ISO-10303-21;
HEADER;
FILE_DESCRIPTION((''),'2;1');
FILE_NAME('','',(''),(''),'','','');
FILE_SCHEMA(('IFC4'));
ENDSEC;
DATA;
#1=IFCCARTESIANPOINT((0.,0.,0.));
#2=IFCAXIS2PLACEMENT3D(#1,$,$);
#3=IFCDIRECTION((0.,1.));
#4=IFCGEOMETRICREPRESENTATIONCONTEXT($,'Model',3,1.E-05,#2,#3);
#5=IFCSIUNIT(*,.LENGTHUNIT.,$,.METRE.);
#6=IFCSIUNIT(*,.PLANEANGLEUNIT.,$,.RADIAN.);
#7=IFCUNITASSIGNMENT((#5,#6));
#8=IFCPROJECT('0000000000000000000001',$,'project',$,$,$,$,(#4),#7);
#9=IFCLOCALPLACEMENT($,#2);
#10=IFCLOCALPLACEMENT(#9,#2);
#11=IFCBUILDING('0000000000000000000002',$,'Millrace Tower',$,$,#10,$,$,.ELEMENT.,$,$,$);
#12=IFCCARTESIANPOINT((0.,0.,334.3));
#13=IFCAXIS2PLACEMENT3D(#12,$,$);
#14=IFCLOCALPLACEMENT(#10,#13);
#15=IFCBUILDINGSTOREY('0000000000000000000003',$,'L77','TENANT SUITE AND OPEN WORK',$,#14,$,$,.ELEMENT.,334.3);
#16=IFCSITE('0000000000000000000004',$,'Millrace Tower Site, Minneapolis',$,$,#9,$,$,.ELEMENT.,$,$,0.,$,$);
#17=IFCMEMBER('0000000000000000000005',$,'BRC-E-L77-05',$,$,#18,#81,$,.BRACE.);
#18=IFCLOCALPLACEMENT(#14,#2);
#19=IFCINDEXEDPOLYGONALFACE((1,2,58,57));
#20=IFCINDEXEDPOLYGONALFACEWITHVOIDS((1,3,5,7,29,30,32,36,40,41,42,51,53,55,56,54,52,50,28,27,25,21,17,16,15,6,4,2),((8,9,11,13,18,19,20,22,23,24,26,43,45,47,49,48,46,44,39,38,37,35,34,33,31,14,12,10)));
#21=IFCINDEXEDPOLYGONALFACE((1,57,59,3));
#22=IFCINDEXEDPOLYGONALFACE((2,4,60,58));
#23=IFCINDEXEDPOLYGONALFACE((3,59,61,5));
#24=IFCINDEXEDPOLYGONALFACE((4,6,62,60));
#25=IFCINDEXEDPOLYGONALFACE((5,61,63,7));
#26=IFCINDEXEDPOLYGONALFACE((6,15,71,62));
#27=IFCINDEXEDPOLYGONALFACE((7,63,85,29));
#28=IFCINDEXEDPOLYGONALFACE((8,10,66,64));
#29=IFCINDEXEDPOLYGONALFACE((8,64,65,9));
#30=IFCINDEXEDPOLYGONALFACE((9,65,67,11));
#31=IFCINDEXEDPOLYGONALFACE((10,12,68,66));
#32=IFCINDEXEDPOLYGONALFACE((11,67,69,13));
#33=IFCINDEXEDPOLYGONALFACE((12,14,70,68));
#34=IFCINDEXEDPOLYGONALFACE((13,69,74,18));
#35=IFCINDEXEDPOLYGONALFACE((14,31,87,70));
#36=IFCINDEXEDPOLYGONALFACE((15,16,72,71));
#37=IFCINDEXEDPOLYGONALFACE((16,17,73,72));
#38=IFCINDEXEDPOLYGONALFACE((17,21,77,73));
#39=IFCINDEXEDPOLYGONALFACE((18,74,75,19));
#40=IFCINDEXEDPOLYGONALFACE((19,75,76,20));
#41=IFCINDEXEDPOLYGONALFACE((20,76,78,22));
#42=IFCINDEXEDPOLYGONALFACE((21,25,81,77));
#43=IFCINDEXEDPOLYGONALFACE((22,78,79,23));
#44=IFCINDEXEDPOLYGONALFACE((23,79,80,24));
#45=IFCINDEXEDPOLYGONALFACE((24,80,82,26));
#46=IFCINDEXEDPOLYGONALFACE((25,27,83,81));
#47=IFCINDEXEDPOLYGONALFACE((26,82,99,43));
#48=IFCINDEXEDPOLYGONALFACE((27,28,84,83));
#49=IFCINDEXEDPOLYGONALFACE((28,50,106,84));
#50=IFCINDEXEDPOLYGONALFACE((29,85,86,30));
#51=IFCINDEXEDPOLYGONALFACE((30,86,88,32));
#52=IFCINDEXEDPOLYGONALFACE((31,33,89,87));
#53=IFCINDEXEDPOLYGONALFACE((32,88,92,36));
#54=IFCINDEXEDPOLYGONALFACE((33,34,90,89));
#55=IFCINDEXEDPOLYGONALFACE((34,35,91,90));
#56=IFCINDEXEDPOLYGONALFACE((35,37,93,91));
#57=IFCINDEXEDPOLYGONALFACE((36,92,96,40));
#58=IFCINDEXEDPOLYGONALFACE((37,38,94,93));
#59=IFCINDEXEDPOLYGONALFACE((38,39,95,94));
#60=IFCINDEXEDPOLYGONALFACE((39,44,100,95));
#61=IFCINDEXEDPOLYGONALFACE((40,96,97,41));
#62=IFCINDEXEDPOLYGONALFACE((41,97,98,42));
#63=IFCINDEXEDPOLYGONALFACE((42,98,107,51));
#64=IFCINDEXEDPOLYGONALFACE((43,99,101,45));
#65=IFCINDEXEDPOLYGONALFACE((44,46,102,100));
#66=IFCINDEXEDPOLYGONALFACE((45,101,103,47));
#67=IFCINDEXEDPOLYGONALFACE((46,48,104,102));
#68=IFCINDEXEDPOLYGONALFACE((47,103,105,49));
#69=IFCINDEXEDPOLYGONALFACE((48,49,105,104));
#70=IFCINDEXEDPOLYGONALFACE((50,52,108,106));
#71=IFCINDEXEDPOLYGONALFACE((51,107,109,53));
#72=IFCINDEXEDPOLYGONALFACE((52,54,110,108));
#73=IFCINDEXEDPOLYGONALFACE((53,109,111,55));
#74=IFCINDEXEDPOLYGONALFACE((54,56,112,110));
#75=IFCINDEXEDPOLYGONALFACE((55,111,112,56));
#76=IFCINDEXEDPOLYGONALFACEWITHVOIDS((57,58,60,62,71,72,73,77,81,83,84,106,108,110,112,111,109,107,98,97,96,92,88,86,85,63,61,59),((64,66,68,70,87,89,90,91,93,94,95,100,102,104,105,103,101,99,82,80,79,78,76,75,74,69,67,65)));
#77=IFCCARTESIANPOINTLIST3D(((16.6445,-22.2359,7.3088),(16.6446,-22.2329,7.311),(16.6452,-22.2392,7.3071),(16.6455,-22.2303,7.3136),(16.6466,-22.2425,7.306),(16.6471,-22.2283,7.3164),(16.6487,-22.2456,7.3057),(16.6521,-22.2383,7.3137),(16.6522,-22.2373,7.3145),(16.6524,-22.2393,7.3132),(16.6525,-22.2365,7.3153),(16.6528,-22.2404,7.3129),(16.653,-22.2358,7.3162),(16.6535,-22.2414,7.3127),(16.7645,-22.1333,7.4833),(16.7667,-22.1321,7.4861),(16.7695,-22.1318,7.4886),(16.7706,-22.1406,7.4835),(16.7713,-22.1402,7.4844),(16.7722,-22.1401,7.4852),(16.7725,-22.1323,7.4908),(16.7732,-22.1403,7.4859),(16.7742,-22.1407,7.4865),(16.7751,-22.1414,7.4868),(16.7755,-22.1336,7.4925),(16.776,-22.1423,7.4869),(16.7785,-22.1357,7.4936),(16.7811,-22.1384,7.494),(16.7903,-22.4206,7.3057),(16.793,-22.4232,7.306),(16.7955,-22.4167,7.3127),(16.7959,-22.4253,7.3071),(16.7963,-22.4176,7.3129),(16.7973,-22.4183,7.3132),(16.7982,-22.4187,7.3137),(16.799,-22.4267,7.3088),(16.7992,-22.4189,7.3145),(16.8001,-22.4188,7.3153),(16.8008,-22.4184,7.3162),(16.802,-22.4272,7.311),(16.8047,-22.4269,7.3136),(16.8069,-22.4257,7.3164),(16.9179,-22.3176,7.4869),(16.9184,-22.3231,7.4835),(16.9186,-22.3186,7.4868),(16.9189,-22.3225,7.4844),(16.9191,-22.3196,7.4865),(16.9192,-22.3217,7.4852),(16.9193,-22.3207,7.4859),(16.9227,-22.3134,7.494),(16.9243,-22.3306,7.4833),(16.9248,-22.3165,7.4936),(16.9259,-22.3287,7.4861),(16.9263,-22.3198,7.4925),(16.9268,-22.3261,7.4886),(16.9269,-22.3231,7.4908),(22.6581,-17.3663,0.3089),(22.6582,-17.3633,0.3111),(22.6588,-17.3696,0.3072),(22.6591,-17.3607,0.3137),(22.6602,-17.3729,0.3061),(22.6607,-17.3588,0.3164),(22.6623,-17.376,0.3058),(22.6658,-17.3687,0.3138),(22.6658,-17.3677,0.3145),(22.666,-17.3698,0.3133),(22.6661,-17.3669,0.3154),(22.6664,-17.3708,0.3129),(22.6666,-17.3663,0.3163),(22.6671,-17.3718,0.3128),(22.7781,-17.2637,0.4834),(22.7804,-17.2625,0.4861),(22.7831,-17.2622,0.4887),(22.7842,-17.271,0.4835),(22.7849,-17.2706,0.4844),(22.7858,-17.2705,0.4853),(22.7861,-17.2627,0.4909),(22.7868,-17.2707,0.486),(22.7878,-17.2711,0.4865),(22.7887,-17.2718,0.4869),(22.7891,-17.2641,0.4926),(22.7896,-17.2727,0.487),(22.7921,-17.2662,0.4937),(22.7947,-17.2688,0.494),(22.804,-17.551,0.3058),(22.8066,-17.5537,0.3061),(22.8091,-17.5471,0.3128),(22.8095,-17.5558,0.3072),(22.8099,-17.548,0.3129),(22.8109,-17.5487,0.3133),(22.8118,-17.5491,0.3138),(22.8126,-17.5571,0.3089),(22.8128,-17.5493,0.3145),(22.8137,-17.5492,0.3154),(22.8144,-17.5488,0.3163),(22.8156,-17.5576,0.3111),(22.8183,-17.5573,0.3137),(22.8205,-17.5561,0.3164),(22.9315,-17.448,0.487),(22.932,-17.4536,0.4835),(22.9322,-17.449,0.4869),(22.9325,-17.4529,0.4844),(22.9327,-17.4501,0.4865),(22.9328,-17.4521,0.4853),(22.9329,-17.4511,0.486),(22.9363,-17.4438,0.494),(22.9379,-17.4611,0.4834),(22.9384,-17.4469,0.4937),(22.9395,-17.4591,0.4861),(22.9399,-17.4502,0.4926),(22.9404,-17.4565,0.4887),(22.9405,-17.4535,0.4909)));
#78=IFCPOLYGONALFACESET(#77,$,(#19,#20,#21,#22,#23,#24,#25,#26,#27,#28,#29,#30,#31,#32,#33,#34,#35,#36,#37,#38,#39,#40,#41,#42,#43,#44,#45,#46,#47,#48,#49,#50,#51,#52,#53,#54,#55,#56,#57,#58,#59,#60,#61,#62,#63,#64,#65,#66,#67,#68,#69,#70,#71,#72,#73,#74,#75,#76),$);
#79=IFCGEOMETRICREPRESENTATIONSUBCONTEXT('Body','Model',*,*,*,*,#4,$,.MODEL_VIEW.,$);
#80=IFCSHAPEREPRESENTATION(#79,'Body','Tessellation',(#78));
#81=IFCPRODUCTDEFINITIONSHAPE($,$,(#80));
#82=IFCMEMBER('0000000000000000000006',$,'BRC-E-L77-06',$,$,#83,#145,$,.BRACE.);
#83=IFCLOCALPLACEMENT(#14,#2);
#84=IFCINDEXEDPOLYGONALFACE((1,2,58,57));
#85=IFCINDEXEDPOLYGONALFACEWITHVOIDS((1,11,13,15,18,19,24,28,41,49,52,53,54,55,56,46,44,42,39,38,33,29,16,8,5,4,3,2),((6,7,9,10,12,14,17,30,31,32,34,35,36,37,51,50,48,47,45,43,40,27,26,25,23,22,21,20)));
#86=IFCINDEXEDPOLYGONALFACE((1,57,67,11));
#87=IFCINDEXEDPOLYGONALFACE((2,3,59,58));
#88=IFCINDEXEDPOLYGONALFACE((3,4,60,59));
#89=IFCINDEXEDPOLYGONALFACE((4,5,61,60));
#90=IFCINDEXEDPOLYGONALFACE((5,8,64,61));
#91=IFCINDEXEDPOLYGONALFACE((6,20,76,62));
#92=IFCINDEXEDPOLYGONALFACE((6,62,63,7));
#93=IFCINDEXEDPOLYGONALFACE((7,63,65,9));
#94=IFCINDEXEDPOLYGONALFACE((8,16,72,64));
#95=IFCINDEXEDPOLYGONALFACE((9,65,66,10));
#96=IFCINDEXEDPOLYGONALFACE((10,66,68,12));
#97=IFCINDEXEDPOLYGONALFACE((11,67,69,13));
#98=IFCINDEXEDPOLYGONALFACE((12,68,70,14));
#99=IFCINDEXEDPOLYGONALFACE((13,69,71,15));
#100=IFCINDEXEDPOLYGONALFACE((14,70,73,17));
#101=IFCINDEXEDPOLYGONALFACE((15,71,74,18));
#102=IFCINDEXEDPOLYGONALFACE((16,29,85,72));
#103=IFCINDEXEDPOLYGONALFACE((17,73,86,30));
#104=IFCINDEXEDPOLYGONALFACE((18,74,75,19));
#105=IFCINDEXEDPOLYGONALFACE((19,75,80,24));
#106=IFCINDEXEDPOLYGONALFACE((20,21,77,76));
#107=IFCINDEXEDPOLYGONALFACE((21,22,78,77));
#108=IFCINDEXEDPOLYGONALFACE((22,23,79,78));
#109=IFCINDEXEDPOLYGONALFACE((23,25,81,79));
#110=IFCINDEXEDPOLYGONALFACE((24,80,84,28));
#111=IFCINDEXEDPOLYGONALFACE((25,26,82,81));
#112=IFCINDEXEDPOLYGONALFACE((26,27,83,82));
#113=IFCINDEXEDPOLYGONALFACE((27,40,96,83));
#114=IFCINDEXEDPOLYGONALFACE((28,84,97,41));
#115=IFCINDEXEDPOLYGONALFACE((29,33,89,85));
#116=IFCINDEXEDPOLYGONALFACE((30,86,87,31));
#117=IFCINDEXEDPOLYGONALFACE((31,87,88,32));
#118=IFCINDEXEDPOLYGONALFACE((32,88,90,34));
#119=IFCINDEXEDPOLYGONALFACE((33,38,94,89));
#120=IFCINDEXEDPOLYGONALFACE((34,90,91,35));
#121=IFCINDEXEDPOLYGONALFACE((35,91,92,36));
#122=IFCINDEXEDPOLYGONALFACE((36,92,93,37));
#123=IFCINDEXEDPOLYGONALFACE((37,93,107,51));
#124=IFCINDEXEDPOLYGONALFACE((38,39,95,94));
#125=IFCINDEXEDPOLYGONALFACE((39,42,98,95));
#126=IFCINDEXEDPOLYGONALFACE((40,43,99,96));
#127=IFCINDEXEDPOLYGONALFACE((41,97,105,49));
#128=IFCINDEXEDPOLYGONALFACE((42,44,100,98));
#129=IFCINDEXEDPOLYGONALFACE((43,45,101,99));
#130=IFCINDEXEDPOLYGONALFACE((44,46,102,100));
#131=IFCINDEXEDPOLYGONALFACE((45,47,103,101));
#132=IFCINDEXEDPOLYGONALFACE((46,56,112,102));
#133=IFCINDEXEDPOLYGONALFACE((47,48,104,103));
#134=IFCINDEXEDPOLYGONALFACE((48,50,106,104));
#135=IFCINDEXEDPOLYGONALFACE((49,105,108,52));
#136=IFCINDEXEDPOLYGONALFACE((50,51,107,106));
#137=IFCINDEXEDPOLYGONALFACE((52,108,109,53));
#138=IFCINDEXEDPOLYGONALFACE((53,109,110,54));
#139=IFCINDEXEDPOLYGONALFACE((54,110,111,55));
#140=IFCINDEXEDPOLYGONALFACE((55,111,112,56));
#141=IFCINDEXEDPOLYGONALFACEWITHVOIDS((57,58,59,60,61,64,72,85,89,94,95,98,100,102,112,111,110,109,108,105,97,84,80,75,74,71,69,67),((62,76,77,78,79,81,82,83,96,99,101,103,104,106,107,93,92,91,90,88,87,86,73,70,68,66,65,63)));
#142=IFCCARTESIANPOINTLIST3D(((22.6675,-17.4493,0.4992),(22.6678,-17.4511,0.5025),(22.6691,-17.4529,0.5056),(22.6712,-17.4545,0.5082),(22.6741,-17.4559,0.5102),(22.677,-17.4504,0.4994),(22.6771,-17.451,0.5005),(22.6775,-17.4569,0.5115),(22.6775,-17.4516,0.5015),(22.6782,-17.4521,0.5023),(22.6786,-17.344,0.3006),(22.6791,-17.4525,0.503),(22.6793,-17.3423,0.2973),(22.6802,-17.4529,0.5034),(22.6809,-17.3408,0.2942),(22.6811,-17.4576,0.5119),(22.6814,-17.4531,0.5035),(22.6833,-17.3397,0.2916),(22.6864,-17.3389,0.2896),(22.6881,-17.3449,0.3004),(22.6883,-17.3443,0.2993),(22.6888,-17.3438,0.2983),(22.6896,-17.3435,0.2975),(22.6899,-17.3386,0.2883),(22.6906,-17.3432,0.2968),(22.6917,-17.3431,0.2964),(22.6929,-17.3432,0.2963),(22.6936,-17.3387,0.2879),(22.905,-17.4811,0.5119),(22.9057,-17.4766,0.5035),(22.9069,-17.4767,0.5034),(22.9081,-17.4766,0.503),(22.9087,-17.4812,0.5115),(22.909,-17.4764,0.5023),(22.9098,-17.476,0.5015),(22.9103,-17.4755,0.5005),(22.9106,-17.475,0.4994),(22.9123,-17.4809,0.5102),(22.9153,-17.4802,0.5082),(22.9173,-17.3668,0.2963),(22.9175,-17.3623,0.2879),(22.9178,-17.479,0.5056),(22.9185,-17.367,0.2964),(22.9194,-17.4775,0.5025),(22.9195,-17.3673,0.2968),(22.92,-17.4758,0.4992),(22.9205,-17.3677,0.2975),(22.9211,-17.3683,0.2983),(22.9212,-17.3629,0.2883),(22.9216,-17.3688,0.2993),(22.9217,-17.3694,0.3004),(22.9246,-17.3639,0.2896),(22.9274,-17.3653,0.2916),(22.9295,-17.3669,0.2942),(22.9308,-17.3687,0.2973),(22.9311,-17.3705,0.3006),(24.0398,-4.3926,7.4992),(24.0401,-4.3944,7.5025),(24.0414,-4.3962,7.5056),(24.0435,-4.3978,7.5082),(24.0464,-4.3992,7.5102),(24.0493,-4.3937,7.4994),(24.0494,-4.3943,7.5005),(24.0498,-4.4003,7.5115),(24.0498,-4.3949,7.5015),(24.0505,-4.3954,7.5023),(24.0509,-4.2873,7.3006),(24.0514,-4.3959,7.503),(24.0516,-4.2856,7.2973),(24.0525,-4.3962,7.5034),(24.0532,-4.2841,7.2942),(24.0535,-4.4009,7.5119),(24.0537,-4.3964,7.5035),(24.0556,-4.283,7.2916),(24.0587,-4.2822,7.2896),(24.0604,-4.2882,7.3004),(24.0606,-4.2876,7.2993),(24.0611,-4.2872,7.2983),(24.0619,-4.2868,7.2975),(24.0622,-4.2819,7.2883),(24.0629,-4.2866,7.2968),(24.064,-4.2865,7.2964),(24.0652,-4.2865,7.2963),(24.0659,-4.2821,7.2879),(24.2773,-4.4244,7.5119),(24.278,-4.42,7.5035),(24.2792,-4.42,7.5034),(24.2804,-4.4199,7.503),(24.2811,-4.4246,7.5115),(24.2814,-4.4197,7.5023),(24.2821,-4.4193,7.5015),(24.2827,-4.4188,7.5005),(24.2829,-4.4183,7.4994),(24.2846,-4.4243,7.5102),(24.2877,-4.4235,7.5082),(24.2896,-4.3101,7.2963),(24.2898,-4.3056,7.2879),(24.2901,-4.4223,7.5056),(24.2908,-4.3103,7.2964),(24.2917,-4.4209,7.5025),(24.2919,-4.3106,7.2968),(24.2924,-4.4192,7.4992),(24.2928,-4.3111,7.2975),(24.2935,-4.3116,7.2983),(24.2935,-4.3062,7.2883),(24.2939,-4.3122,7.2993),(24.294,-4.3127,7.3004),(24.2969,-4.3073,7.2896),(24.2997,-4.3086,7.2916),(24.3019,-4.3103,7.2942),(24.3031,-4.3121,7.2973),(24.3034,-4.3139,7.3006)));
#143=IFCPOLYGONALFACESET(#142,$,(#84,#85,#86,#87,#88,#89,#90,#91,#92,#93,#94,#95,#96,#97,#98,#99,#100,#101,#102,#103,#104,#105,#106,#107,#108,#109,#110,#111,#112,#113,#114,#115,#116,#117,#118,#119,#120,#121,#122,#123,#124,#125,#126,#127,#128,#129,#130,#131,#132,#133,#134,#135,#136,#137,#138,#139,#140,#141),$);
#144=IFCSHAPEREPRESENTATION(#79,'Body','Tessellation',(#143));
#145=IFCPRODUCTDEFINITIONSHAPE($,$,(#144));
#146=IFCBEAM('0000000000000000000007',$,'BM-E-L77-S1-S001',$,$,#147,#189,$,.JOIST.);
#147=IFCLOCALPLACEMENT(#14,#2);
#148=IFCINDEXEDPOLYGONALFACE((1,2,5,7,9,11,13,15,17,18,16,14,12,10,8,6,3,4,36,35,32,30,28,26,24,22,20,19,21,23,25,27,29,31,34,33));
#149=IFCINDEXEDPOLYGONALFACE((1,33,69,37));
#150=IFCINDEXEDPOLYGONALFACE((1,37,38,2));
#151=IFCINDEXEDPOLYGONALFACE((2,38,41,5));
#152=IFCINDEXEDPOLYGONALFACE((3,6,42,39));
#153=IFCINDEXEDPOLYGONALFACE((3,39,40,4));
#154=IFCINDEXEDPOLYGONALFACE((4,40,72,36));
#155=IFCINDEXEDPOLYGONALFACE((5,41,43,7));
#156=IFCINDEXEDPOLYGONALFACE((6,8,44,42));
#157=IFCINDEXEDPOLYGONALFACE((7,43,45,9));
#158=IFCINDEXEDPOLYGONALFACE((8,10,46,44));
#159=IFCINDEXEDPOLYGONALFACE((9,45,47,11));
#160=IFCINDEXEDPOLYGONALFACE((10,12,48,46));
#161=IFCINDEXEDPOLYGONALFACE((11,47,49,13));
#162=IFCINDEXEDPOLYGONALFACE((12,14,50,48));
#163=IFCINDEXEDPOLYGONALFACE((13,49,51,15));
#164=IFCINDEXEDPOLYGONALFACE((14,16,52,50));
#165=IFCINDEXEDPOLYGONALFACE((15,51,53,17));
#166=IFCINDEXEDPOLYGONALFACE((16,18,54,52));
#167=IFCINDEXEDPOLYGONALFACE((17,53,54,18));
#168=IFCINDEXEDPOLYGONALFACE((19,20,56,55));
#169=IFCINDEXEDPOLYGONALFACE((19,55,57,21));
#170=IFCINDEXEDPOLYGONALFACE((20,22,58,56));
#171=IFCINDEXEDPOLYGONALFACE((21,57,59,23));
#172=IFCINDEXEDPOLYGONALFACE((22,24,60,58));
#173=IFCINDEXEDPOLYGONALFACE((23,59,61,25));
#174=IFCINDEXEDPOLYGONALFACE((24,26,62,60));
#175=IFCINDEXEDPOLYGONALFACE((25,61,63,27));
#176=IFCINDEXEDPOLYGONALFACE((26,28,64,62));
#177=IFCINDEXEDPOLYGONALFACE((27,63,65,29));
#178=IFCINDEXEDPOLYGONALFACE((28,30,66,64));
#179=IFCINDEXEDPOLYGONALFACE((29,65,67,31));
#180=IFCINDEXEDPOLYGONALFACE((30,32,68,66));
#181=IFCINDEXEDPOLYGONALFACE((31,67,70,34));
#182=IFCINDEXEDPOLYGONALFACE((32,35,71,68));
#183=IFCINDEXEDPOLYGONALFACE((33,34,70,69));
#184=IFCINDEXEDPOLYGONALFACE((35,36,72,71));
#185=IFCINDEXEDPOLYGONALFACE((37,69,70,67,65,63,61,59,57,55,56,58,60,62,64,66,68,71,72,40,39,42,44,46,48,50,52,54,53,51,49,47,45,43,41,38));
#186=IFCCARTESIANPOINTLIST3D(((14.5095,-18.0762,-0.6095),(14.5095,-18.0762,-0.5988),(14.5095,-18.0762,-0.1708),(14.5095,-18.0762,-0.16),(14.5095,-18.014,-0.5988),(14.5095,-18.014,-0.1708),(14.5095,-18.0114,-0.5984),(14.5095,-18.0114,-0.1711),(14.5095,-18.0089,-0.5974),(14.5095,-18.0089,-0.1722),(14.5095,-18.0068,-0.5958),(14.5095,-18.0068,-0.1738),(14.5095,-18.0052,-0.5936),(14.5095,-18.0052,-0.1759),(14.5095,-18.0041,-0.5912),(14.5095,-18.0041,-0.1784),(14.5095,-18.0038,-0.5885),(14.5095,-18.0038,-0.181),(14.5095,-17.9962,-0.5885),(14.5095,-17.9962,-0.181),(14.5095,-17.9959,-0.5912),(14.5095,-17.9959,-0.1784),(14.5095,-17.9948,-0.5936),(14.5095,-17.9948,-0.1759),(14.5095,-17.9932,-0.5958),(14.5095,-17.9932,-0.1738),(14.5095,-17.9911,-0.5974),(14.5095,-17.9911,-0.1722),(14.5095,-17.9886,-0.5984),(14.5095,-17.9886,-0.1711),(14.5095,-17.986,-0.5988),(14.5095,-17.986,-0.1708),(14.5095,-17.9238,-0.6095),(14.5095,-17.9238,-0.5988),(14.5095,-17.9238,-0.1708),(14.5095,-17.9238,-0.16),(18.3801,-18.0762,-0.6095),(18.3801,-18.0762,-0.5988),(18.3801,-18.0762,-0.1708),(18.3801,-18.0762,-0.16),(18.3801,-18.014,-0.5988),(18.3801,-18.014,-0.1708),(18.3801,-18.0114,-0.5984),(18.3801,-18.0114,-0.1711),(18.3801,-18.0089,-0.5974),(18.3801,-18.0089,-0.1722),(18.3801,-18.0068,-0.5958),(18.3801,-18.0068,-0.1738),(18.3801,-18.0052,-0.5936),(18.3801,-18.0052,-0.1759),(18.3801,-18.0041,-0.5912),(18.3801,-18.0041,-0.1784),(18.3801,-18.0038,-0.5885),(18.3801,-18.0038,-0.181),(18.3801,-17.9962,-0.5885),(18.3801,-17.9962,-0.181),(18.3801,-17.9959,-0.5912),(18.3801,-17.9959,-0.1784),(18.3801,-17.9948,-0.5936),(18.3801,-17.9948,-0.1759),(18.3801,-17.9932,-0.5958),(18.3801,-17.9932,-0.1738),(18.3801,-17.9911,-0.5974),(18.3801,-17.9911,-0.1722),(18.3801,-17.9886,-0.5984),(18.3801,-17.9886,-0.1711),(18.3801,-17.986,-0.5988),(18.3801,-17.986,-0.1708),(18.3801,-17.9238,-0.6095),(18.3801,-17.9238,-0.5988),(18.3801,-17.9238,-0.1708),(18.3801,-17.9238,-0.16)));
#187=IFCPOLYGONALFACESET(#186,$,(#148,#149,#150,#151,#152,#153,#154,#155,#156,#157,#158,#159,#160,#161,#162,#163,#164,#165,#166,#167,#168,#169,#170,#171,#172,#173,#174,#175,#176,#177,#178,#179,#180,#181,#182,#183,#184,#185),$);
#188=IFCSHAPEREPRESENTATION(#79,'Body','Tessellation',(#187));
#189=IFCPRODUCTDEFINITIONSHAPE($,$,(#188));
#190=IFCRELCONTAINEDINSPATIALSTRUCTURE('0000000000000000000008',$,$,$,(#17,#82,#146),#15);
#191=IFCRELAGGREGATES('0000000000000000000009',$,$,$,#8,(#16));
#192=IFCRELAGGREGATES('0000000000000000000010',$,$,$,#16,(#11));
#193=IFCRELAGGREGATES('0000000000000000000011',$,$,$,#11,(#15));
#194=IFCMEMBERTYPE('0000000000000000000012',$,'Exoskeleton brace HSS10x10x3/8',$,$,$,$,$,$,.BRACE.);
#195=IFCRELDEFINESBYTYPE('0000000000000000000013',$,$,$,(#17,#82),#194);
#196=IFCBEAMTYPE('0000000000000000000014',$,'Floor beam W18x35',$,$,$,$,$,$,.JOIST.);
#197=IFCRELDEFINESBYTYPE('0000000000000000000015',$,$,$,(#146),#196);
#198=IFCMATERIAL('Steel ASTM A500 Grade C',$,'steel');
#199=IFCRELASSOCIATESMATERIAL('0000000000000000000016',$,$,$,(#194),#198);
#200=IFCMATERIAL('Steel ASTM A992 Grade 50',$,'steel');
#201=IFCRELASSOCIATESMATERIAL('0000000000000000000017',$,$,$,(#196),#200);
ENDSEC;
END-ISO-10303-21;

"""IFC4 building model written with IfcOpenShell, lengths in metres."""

from ifc_helpers import new_model, si_unit, direction, frame, origin, origin_2d, place, context, subcontext, project, spatial, hollow_rectangle, i_section, extrude, material, material_profile, profile_set, type_object, element, save


model = new_model("IFC4")

# Units and contexts
model_context = context("Model", 3, precision=1e-05, world=origin(), true_north=direction((0.0, 1.0)))
body_context = subcontext(model_context, "Body", "Model", "MODEL_VIEW")
ifc_project = project(units=[si_unit("LENGTHUNIT", "METRE"), si_unit("PLANEANGLEUNIT", "RADIAN")], contexts=[model_context])

# Site, building, storey
site_placement = place(None, origin())
site = spatial("IfcSite", under=ifc_project, at=site_placement, Name="Millrace Tower Site, Minneapolis", CompositionType="ELEMENT", RefElevation=0.0)
building_placement = place(site_placement, origin())
building = spatial("IfcBuilding", under=site, at=building_placement, Name="Millrace Tower", CompositionType="ELEMENT")
storey_placement = place(building_placement, frame((0.0, 0.0, 334.3)))
storey = spatial("IfcBuildingStorey", under=building, at=storey_placement, Name="L77", Description="TENANT SUITE AND OPEN WORK", CompositionType="ELEMENT", Elevation=334.3)

# Members
ifc_material_1 = material(Name="Steel ASTM A500 Grade C", Category="steel")
ifc_material_profile_1 = material_profile(ifc_material_1, hollow_rectangle(XDim=0.2539, YDim=0.2539, WallThickness=0.0095, InnerFilletRadius=0.0046, OuterFilletRadius=0.0144, at=origin_2d()))
ifc_profile_set_1 = profile_set([ifc_material_profile_1], Name="Steel ASTM A500 Grade C")
member_type_1 = type_object("IfcMemberType", Name="Exoskeleton brace HSS10x10x3/8", PredefinedType="BRACE", material=ifc_profile_set_1)
member_1_placement = place(storey_placement, frame((22.7993, -17.4099, 0.3999), z_axis=(-0.576329, -0.466688, 0.670855), x_axis=(0.629309, -0.777155, 0.0)))
element("IfcMember", 1, at=member_1_placement, inside=storey, type_object=member_type_1, Name="BRC-E-L77-05", PredefinedType="BRACE", context=body_context, shape_type="SweptSolid", body=[
    extrude(hollow_rectangle(XDim=0.2539, YDim=0.2539, WallThickness=0.0095, InnerFilletRadius=0.0046, OuterFilletRadius=0.0144, at=origin_2d()), origin(), (0.0, 0.0, 1.0), 10.4343),
])
member_2_placement = place(storey_placement, frame((22.7993, -17.4099, 0.3999), z_axis=(0.092237, 0.877572, 0.470489), x_axis=(-0.994522, 0.104529, 0.0)))
element("IfcMember", 2, at=member_2_placement, inside=storey, type_object=member_type_1, Name="BRC-E-L77-06", PredefinedType="BRACE", context=body_context, shape_type="SweptSolid", body=[
    extrude(hollow_rectangle(XDim=0.2539, YDim=0.2539, WallThickness=0.0095, InnerFilletRadius=0.0046, OuterFilletRadius=0.0144, at=origin_2d()), origin(), (0.0, 0.0, 1.0), 14.8782),
])

# Beam
ifc_material_2 = material(Name="Steel ASTM A992 Grade 50", Category="steel")
ifc_material_profile_2 = material_profile(ifc_material_2, i_section(OverallWidth=0.1523, OverallDepth=0.4495, WebThickness=0.0076, FlangeThickness=0.0107, FilletRadius=0.0103, at=origin_2d()))
ifc_profile_set_2 = profile_set([ifc_material_profile_2], Name="Steel ASTM A992 Grade 50")
beam_type_1 = type_object("IfcBeamType", Name="Floor beam W18x35", PredefinedType="JOIST", material=ifc_profile_set_2)
beam_1_placement = place(storey_placement, frame((14.5095, -18.0, -0.3848), z_axis=(1.0, 0.0, 0.0), x_axis=(0.0, 1.0, 0.0)))
element("IfcBeam", 3, at=beam_1_placement, inside=storey, type_object=beam_type_1, Name="BM-E-L77-S1-S001", PredefinedType="JOIST", context=body_context, shape_type="SweptSolid", body=[
    extrude(i_section(OverallWidth=0.1523, OverallDepth=0.4495, WebThickness=0.0076, FlangeThickness=0.0107, FilletRadius=0.0103, at=origin_2d()), origin(), (0.0, 0.0, 1.0), 3.8706),
])

save(model, "model.ifc")
